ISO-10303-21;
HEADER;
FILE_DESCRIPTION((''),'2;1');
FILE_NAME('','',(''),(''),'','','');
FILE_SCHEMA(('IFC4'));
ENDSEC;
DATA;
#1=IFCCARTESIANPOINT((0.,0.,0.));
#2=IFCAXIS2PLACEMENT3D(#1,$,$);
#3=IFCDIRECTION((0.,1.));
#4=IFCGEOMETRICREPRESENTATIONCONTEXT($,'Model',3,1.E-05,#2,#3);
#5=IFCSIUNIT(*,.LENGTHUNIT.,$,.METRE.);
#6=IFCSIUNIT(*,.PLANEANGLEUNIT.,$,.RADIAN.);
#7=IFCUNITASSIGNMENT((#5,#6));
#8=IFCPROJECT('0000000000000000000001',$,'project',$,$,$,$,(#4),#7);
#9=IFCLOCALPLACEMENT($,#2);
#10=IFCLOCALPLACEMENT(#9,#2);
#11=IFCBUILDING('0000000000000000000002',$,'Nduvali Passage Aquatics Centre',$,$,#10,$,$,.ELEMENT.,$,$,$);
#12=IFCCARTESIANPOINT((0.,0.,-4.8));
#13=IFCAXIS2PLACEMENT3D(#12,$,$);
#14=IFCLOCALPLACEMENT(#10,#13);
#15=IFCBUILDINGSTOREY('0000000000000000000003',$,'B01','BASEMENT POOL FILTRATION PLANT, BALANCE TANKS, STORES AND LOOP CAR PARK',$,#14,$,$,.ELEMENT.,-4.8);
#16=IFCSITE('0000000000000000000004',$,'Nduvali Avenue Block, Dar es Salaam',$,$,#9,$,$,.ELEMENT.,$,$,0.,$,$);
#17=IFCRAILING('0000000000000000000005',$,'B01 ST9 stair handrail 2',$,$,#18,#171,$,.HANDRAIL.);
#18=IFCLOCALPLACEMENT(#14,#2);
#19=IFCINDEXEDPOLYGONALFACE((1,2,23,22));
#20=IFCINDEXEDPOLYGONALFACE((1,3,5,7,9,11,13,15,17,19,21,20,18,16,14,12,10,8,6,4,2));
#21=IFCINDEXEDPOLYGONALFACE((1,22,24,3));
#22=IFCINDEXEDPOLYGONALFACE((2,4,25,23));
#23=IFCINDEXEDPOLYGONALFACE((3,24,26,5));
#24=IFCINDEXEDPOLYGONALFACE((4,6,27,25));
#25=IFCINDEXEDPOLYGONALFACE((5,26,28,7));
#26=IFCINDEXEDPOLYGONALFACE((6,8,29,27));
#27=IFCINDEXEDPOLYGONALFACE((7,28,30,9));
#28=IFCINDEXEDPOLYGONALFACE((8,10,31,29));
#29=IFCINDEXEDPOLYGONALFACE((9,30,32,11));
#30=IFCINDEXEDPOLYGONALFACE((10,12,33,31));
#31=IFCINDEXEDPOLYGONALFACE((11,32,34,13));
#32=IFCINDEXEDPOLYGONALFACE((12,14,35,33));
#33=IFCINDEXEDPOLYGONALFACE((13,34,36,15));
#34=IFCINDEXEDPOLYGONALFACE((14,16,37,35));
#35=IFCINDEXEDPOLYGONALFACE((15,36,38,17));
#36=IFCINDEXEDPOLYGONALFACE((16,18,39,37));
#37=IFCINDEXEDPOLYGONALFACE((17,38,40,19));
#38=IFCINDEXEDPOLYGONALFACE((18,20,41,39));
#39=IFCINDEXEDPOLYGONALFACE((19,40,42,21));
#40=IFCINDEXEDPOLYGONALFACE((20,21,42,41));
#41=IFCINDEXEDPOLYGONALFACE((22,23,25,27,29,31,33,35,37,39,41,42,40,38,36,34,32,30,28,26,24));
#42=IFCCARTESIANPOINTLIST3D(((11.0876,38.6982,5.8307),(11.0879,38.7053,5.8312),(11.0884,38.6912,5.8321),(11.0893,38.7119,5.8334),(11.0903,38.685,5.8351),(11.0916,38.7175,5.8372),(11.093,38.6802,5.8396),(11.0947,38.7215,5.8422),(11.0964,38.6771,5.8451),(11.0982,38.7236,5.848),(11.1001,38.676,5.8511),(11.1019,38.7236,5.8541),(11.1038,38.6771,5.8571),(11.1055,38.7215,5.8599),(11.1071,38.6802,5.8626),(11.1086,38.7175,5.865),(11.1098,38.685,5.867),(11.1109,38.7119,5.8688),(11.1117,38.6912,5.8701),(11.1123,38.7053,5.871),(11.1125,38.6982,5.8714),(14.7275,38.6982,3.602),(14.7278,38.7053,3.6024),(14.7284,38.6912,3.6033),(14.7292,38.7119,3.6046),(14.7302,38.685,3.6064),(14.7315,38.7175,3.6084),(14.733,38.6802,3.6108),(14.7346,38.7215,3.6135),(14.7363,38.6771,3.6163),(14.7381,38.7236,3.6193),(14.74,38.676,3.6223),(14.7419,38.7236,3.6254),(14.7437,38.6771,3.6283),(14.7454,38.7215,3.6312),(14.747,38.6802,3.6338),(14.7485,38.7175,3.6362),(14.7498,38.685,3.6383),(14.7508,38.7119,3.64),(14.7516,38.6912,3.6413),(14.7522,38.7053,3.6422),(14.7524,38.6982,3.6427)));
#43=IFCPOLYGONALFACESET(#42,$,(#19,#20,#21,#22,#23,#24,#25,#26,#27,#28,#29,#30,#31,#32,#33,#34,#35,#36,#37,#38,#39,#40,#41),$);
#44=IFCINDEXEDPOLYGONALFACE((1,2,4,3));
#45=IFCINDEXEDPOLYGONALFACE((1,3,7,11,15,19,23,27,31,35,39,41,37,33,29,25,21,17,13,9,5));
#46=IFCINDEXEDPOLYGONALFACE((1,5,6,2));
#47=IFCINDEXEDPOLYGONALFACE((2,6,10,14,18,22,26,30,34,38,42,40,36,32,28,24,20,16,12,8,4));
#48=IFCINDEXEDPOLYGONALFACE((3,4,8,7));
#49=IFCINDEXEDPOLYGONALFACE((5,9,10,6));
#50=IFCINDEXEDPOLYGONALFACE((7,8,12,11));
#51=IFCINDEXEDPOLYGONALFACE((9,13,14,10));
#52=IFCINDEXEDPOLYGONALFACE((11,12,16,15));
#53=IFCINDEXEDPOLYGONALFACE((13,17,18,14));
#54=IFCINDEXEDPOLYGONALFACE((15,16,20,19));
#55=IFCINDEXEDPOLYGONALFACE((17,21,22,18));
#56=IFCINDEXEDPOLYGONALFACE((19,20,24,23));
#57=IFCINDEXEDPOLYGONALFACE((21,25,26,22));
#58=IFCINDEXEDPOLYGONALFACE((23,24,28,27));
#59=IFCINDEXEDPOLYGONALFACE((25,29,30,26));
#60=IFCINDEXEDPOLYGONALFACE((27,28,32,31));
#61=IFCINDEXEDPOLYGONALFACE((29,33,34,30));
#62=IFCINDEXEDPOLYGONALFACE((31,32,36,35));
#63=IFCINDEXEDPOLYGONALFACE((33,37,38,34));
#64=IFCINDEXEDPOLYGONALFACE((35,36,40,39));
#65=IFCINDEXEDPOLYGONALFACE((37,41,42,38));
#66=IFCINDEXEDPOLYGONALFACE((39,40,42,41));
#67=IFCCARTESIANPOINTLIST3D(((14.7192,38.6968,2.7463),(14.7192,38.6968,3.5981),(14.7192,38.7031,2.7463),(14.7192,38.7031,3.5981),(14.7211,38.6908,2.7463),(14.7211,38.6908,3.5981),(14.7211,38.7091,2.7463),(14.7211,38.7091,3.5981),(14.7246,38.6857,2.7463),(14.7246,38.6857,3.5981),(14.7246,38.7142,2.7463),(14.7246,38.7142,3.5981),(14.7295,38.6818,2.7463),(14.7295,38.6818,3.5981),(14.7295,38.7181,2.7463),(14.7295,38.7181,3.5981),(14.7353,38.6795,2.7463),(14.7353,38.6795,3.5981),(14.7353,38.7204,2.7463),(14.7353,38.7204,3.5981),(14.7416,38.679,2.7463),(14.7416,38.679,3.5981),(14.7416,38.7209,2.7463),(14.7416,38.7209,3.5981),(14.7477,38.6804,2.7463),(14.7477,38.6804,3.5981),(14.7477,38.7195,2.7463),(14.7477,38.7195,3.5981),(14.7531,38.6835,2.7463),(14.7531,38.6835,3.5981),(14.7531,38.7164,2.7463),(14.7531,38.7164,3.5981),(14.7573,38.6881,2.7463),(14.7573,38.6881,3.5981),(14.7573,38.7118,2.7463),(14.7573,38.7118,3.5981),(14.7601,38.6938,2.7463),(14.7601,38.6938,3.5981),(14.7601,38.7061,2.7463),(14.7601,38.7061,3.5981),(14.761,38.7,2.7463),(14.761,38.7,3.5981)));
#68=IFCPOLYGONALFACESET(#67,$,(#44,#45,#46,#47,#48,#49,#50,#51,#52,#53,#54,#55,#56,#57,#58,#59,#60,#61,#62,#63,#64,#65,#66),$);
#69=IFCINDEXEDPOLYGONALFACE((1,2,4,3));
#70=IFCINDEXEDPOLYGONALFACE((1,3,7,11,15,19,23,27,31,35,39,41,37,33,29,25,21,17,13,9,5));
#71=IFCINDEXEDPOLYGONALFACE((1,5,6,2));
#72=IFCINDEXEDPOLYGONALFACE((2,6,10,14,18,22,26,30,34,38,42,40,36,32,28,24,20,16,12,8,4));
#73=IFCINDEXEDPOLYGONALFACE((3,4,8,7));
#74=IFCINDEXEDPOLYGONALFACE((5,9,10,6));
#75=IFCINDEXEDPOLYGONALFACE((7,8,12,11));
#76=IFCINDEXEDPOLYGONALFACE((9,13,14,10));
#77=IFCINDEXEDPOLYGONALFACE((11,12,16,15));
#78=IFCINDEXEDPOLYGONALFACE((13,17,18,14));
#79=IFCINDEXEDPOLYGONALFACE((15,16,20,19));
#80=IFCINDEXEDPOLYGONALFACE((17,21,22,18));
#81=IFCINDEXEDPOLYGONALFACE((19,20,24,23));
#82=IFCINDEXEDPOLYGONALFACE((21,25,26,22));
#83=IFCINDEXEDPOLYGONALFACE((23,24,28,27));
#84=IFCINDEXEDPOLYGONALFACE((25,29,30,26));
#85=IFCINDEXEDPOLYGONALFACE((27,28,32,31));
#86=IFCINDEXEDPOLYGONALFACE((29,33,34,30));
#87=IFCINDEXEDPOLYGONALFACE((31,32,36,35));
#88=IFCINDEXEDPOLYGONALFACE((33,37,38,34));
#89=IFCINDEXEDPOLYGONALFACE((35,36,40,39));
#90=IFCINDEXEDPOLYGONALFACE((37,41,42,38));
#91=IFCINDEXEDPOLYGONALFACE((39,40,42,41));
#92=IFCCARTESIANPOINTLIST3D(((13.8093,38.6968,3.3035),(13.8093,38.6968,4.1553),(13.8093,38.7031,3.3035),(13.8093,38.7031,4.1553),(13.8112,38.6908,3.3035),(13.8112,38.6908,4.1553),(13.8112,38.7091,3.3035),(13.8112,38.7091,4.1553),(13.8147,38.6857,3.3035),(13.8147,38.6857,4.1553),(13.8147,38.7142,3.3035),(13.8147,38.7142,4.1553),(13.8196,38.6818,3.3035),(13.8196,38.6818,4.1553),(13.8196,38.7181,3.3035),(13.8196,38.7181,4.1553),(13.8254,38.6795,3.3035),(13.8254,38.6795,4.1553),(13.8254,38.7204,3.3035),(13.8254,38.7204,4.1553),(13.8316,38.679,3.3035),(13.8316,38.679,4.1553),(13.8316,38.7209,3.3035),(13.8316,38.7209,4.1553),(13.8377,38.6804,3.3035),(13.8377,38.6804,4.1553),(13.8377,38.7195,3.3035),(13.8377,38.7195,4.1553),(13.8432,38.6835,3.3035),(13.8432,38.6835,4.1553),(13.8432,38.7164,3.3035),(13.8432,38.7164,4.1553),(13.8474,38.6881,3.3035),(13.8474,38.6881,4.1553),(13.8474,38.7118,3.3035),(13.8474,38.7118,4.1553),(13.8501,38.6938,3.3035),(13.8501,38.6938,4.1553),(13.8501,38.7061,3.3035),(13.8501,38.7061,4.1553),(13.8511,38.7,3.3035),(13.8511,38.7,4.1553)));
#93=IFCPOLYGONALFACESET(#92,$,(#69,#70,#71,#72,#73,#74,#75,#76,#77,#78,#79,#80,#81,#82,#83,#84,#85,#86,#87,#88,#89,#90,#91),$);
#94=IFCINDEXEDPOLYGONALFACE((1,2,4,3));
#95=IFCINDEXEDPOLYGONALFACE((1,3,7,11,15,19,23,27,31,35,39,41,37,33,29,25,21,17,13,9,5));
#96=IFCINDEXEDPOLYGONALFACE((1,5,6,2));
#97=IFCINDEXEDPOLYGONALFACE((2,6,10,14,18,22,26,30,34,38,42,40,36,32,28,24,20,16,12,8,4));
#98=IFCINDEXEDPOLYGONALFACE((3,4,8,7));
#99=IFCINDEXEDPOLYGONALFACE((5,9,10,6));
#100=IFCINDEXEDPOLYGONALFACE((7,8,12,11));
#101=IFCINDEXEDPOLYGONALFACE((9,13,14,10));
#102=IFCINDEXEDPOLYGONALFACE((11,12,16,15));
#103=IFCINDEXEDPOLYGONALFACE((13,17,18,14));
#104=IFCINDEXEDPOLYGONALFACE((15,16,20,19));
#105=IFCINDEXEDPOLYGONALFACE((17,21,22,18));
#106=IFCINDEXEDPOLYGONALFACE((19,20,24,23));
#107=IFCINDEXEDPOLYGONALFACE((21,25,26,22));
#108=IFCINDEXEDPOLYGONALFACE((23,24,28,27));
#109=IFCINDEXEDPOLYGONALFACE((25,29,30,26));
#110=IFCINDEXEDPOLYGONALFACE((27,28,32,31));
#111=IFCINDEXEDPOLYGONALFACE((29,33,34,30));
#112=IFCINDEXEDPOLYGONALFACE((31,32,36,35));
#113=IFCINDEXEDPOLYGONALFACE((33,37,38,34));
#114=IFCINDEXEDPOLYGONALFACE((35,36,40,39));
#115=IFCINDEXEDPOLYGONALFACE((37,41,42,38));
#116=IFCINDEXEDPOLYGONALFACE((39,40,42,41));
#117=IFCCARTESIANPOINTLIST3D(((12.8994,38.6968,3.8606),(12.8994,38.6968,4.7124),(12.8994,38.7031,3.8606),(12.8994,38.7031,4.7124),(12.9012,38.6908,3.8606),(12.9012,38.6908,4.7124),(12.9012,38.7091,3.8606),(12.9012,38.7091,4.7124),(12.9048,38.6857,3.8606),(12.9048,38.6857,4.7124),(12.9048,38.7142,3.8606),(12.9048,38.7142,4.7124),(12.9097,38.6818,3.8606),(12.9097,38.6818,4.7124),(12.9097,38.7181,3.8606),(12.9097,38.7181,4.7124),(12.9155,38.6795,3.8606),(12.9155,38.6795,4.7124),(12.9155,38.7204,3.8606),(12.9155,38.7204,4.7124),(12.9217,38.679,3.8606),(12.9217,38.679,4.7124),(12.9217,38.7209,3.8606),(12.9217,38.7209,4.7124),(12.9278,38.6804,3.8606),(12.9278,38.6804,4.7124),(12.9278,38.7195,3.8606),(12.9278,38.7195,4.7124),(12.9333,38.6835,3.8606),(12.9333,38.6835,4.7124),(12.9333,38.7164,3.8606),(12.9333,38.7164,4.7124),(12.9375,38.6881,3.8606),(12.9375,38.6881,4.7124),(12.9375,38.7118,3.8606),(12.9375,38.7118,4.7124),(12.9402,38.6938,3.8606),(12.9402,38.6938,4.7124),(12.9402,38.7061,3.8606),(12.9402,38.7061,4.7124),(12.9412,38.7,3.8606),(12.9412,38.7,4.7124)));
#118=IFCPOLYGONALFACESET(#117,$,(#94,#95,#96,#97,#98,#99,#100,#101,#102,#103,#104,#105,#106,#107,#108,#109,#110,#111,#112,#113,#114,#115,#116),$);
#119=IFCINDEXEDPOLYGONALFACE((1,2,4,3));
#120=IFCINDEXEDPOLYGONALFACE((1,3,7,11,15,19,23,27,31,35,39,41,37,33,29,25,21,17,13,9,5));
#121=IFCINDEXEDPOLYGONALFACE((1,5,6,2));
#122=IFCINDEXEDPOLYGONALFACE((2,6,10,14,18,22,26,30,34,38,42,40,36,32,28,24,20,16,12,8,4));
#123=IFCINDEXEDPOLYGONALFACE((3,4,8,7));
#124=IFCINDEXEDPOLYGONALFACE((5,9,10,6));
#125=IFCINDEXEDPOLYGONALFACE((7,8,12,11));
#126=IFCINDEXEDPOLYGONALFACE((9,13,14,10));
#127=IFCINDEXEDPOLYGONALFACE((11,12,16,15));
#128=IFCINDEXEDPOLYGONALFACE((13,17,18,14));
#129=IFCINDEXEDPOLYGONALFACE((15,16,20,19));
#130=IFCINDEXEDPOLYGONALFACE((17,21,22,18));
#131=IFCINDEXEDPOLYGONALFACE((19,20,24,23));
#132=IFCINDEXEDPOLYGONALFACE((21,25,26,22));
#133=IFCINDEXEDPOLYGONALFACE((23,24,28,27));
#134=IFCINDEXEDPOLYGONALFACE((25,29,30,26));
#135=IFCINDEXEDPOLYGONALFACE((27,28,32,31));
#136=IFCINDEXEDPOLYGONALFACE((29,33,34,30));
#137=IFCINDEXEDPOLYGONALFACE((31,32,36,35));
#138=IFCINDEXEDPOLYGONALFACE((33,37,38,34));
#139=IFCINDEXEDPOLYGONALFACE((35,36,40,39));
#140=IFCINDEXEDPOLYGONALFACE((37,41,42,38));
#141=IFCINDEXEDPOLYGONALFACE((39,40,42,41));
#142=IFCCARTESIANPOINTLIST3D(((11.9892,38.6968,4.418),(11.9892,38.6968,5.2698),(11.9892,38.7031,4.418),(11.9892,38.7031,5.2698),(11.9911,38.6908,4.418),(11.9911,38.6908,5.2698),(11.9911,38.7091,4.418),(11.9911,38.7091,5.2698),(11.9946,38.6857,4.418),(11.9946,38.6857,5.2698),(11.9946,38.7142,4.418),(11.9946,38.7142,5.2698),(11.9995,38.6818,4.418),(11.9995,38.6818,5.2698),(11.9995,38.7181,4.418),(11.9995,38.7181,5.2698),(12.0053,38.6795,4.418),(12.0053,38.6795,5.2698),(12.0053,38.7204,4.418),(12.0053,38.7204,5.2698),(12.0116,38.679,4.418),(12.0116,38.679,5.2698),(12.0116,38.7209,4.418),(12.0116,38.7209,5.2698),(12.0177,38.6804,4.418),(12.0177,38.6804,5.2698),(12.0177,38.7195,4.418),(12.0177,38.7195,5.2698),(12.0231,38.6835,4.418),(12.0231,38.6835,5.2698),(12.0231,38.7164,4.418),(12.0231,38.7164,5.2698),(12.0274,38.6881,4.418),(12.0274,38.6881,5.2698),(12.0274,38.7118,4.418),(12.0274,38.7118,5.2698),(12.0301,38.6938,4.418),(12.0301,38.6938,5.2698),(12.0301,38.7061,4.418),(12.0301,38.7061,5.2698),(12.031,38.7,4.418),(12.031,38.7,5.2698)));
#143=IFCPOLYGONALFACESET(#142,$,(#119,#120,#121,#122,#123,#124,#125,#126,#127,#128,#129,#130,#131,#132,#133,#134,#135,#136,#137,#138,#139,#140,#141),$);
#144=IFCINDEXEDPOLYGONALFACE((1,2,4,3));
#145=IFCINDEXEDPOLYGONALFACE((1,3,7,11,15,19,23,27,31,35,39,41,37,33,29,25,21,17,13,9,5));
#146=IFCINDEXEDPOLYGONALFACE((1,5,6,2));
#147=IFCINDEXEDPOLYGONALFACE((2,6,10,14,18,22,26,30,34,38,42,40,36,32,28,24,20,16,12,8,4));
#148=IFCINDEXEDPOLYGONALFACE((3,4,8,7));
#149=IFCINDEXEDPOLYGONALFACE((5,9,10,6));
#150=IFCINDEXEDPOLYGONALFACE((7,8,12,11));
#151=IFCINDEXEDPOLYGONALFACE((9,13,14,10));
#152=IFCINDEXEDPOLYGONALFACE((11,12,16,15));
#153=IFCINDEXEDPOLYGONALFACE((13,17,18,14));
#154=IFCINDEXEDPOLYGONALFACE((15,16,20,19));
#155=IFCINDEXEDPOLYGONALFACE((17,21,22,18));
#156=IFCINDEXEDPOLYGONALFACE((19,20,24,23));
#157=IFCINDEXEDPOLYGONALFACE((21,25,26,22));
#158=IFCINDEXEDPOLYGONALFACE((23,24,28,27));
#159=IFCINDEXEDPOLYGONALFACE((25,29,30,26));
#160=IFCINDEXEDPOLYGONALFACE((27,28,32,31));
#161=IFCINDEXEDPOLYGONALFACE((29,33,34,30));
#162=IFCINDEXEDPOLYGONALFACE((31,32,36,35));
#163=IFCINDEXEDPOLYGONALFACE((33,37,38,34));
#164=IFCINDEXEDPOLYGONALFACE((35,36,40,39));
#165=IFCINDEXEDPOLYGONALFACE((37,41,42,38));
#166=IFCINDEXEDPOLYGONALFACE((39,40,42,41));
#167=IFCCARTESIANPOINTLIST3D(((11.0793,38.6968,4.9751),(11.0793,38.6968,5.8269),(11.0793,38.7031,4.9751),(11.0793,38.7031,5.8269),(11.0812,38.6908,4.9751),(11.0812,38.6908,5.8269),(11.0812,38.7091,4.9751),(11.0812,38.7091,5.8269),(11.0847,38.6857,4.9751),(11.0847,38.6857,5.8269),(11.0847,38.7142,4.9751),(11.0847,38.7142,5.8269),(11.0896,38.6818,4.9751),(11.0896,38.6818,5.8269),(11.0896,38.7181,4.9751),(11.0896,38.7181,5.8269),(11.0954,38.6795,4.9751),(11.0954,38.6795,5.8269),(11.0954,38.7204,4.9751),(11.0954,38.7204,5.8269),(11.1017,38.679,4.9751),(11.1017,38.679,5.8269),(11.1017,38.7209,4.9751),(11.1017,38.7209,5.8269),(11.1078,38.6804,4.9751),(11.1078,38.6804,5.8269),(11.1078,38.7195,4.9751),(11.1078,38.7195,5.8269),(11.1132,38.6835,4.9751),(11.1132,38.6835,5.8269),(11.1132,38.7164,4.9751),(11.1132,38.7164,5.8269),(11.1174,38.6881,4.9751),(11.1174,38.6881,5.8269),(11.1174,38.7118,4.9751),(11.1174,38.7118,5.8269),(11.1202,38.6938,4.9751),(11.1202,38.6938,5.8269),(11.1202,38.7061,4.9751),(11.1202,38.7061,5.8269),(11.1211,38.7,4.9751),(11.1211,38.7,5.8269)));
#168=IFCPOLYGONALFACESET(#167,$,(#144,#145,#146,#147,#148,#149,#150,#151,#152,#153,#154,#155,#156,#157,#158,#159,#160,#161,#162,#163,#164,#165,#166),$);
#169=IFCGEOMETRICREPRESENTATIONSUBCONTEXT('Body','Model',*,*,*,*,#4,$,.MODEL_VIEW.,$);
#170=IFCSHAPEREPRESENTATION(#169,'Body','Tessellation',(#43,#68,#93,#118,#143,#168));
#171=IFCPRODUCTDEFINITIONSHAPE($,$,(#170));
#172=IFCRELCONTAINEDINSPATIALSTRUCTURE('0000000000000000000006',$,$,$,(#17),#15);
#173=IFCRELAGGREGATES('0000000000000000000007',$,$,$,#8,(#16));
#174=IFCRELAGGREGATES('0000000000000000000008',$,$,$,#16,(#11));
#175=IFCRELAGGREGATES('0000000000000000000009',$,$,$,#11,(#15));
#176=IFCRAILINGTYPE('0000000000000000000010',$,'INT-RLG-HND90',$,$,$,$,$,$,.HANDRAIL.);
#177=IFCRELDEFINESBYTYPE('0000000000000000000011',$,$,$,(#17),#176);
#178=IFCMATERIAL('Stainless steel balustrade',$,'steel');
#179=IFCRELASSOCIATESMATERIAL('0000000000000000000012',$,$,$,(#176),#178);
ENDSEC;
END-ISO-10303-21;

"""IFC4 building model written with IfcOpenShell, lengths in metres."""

from ifc_helpers import new_model, si_unit, direction, frame, origin, origin_2d, place, context, subcontext, project, spatial, circle, extrude, material, type_object, element, save


model = new_model("IFC4")

# Units and contexts
model_context = context("Model", 3, precision=1e-05, world=origin(), true_north=direction((0.0, 1.0)))
body_context = subcontext(model_context, "Body", "Model", "MODEL_VIEW")
ifc_project = project(units=[si_unit("LENGTHUNIT", "METRE"), si_unit("PLANEANGLEUNIT", "RADIAN")], contexts=[model_context])

# Site, building, storey
site_placement = place(None, origin())
site = spatial("IfcSite", under=ifc_project, at=site_placement, Name="Nduvali Avenue Block, Dar es Salaam", CompositionType="ELEMENT", RefElevation=0.0)
building_placement = place(site_placement, origin())
building = spatial("IfcBuilding", under=site, at=building_placement, Name="Nduvali Passage Aquatics Centre", CompositionType="ELEMENT")
storey_placement = place(building_placement, frame((0.0, 0.0, -4.8)))
storey = spatial("IfcBuildingStorey", under=building, at=storey_placement, Name="B01", Description="BASEMENT POOL FILTRATION PLANT, BALANCE TANKS, STORES AND LOOP CAR PARK", CompositionType="ELEMENT", Elevation=-4.8)

# Railing
ifc_material_1 = material(Name="Stainless steel balustrade", Category="steel")
railing_type_1 = type_object("IfcRailingType", Name="INT-RLG-HND90", PredefinedType="HANDRAIL", material=ifc_material_1)
railing_1_placement = place(storey_placement, frame((14.74, 38.7, 2.7463)))
element("IfcRailing", 1, at=railing_1_placement, inside=storey, type_object=railing_type_1, Name="B01 ST9 stair handrail 2", PredefinedType="HANDRAIL", context=body_context, shape_type="SweptSolid", body=[
    extrude(circle(Radius=0.0239, at=origin_2d()), frame((0.0, 0.0, 0.876), z_axis=(-0.852825, 0.0, 0.522197), x_axis=(0.0, -1.0, 0.0)), (0.0, 0.0, 1.0), 4.2681),
    extrude(circle(Radius=0.021, at=origin_2d()), origin(), (0.0, 0.0, 1.0), 0.8518),
    extrude(circle(Radius=0.021, at=origin_2d()), frame((-0.9099, 0.0, 0.5571)), (0.0, 0.0, 1.0), 0.8518),
    extrude(circle(Radius=0.021, at=origin_2d()), frame((-1.8198, 0.0, 1.1143)), (0.0, 0.0, 1.0), 0.8518),
    extrude(circle(Radius=0.021, at=origin_2d()), frame((-2.73, 0.0, 1.6716)), (0.0, 0.0, 1.0), 0.8518),
    extrude(circle(Radius=0.021, at=origin_2d()), frame((-3.6399, 0.0, 2.2288)), (0.0, 0.0, 1.0), 0.8518),
])

save(model, "model.ifc")
